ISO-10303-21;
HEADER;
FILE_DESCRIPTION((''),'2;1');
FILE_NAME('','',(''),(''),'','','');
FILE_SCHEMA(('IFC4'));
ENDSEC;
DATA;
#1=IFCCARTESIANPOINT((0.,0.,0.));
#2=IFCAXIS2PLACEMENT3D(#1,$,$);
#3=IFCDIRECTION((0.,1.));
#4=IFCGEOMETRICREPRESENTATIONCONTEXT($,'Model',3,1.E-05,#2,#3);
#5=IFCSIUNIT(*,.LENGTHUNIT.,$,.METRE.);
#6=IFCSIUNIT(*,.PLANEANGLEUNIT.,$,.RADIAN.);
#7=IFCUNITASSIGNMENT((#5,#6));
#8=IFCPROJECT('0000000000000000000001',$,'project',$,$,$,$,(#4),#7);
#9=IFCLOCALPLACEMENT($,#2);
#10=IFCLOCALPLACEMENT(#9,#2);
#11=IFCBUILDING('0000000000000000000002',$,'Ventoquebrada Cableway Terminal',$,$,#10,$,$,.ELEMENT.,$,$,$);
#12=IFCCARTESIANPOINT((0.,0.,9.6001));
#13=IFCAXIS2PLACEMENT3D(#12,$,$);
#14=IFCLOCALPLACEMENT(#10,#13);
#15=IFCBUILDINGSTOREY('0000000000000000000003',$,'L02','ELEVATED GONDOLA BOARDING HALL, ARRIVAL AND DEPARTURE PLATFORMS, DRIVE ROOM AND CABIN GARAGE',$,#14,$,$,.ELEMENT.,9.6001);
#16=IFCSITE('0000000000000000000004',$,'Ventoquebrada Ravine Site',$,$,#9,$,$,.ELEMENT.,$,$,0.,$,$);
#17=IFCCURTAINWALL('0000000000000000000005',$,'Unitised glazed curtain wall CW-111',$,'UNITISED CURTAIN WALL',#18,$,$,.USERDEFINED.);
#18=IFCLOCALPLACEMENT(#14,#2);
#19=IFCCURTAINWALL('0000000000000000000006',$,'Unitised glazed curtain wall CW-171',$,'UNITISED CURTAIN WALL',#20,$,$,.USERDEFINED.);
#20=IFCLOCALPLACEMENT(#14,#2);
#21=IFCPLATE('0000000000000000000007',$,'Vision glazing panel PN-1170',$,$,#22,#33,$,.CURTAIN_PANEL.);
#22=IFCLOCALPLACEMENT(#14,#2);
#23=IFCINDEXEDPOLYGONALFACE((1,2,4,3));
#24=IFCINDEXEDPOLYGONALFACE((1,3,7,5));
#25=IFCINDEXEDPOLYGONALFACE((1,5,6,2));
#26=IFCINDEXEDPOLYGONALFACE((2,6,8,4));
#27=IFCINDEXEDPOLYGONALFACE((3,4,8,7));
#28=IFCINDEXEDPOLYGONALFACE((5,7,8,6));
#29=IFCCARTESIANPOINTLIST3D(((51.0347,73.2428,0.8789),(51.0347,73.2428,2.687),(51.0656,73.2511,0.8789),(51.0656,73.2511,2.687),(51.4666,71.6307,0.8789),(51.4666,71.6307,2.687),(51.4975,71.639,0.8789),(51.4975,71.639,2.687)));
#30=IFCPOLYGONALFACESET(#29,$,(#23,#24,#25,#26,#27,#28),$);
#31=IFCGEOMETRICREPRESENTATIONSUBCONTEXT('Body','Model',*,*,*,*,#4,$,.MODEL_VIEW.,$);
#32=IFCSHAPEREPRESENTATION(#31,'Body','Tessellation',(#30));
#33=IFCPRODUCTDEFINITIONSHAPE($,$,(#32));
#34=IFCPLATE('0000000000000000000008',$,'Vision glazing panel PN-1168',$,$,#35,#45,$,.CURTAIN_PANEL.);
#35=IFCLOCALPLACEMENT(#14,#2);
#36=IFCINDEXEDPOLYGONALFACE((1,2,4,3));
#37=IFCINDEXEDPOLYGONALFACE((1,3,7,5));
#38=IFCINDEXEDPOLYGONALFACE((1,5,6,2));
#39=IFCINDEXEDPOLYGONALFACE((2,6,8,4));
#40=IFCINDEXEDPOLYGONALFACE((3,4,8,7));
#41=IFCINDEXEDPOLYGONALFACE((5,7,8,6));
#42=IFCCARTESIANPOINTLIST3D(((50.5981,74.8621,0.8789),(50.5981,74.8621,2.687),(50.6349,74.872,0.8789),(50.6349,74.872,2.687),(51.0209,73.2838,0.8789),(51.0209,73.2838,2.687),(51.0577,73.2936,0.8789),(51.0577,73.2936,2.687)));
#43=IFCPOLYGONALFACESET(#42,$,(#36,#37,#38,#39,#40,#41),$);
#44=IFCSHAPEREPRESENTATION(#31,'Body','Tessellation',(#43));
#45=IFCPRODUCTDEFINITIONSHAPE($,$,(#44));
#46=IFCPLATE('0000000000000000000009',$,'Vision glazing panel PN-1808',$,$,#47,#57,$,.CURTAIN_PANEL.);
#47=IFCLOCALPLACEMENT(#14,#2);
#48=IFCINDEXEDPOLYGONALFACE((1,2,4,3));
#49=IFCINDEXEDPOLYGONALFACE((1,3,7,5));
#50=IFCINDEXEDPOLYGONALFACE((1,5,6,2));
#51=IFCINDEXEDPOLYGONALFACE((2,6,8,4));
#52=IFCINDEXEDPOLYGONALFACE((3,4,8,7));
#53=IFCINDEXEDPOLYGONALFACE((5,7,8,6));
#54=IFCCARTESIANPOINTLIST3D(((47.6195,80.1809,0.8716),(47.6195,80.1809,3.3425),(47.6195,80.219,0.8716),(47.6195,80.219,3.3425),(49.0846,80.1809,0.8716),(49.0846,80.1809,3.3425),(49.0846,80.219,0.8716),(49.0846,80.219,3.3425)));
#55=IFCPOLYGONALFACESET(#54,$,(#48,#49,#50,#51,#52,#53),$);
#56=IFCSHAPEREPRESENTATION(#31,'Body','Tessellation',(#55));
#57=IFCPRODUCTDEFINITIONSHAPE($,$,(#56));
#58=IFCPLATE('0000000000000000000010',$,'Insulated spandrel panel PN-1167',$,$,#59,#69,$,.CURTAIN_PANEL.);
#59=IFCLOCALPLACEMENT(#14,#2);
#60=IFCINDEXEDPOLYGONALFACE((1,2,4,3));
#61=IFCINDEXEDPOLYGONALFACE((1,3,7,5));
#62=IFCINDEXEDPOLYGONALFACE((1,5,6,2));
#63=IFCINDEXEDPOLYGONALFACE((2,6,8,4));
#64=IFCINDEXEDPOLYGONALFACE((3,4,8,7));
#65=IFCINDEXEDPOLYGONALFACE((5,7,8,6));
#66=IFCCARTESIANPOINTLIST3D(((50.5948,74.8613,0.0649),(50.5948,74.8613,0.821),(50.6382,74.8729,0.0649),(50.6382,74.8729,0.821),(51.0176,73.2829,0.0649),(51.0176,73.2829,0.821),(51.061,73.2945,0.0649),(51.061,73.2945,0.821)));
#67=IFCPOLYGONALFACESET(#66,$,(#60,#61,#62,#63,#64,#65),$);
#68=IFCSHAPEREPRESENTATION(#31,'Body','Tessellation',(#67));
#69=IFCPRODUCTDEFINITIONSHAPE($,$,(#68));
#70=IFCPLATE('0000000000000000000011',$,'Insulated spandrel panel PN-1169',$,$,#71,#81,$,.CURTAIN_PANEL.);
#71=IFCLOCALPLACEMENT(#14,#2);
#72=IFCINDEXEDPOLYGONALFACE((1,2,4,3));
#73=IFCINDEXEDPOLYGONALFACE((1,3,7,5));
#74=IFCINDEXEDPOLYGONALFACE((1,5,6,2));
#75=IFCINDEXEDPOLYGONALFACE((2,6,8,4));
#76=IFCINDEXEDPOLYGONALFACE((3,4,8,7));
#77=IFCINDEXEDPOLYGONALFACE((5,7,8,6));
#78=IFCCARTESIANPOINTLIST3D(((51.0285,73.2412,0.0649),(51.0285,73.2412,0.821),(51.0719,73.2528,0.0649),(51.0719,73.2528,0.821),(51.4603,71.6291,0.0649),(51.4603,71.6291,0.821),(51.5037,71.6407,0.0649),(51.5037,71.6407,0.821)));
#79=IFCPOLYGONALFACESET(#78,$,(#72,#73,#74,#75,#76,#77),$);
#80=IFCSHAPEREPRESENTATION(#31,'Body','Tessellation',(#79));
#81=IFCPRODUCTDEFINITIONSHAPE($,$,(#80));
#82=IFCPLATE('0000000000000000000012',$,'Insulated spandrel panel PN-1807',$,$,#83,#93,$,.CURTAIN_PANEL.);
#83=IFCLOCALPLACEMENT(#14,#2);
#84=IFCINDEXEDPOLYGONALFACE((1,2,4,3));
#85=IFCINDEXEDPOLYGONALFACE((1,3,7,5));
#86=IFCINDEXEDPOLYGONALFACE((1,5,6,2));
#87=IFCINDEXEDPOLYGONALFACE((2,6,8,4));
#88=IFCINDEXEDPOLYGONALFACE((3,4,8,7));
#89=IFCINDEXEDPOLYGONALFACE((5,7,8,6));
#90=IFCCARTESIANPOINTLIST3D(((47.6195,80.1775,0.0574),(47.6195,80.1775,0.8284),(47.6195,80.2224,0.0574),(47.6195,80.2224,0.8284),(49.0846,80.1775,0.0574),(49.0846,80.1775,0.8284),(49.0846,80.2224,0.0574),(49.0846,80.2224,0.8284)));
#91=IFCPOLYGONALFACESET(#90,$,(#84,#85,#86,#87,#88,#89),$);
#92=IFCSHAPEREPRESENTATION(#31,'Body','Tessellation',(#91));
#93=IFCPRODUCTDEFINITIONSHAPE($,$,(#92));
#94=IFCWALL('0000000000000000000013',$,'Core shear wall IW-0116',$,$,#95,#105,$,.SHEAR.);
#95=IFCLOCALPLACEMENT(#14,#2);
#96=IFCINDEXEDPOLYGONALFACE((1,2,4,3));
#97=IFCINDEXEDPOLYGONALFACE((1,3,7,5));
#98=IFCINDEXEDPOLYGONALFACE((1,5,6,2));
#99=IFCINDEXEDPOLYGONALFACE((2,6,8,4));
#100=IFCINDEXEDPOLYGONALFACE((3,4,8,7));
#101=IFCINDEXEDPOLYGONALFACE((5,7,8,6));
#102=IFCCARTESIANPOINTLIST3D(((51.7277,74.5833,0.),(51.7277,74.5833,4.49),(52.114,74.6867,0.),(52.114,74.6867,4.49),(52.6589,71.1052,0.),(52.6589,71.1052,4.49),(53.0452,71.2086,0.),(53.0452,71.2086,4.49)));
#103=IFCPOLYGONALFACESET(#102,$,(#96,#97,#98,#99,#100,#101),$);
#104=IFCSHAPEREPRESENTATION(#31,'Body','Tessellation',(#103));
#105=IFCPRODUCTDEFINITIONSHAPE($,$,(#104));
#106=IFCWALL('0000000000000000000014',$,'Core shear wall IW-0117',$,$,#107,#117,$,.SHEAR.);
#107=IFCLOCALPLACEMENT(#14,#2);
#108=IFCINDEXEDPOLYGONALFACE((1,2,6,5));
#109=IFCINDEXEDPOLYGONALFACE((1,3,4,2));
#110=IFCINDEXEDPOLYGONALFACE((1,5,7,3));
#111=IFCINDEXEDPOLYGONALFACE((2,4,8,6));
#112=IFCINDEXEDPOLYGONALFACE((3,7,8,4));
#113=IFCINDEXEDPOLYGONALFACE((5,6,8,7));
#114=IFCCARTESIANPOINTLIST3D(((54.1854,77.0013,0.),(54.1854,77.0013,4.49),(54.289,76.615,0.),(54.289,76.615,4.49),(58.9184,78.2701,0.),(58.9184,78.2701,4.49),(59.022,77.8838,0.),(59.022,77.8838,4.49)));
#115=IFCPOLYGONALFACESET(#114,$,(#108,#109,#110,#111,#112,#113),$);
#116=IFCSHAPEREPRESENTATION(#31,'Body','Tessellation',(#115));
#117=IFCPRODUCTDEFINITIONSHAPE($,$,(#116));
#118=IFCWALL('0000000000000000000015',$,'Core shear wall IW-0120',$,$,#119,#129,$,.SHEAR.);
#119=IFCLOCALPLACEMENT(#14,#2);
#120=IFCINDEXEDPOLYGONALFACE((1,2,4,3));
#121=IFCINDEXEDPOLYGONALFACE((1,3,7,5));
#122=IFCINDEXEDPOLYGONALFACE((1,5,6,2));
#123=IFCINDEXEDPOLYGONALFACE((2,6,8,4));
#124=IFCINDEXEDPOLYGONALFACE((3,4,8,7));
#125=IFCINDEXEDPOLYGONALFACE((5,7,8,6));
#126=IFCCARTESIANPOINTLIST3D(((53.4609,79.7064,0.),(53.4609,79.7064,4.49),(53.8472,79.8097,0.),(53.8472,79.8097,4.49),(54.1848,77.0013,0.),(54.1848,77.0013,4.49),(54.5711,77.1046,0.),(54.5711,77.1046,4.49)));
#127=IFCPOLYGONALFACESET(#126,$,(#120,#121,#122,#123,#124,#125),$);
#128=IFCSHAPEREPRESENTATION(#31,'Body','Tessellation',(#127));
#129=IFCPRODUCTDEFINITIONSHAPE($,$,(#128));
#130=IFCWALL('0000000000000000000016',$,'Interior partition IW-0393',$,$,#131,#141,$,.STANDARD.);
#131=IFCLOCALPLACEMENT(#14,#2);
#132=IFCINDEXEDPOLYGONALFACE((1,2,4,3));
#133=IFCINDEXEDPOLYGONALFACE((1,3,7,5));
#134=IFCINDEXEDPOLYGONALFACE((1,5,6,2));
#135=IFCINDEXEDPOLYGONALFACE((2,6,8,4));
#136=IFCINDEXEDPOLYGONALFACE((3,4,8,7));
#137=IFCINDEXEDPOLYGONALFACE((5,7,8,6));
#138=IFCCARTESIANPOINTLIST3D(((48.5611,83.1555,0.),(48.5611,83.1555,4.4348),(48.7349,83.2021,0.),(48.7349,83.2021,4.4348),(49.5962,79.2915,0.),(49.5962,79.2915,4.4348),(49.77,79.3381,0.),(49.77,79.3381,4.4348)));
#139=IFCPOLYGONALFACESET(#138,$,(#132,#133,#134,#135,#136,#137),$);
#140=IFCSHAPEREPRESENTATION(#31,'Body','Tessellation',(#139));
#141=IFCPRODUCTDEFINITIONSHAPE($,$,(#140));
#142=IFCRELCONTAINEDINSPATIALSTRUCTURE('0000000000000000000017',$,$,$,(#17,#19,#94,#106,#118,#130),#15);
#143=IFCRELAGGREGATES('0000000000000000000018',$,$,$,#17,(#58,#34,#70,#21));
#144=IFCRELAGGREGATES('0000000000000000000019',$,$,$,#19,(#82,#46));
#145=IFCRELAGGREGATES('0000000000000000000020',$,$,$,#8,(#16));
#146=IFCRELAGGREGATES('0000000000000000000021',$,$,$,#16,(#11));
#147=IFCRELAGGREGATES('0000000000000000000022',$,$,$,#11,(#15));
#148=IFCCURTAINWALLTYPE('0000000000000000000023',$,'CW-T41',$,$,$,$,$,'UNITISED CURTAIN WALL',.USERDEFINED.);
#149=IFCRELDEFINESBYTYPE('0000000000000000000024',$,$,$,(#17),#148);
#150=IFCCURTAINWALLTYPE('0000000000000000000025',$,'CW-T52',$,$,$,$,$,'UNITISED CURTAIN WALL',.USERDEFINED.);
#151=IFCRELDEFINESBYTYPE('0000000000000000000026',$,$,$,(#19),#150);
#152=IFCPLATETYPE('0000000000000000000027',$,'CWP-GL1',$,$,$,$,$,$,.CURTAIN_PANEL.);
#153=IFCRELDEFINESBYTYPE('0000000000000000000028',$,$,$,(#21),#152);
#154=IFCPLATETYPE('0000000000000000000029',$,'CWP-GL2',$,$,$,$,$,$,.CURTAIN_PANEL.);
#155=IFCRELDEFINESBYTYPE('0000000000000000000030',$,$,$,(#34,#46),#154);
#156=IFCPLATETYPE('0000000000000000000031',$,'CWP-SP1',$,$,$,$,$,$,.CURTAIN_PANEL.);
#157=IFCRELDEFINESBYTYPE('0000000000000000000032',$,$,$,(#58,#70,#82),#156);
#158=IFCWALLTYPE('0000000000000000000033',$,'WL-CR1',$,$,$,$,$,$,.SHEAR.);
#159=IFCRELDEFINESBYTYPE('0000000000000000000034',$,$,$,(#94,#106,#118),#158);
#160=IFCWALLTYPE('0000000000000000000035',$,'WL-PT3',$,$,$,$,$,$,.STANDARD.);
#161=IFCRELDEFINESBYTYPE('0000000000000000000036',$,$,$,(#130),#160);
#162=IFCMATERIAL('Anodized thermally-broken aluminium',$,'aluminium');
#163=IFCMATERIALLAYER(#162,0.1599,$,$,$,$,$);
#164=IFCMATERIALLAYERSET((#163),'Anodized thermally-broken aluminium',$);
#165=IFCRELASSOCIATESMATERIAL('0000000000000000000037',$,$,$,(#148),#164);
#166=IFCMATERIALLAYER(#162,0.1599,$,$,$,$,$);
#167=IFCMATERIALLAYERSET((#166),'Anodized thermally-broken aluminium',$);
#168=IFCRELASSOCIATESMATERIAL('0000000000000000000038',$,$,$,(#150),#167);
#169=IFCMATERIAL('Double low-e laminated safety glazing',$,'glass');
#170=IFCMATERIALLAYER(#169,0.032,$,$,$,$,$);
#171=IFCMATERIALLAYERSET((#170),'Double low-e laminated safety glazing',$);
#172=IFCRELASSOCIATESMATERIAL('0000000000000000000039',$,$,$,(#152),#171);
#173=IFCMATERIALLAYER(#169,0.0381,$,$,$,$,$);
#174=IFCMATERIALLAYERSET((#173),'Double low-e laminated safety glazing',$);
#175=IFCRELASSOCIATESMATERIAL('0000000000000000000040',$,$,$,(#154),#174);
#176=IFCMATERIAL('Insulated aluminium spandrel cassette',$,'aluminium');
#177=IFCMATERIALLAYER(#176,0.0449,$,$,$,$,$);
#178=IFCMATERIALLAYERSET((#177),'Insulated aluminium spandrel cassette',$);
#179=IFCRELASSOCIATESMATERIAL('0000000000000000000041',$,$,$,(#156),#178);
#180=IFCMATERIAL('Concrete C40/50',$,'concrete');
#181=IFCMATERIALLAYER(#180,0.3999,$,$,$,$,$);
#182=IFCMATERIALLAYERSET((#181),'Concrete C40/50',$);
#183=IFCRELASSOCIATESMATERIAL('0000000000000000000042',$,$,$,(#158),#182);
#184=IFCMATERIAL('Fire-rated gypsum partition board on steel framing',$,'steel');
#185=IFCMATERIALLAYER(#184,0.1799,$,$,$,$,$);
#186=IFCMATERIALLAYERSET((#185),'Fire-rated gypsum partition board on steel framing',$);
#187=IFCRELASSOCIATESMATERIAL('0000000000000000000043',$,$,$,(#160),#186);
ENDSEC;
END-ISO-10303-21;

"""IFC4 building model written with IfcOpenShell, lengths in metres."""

from ifc_helpers import new_model, si_unit, direction, frame, frame_2d, origin, origin_2d, place, context, subcontext, project, spatial, rectangle, extrude, material, layer, layer_set, type_object, element, aggregate, save


model = new_model("IFC4")

# Units and contexts
model_context = context("Model", 3, precision=1e-05, world=origin(), true_north=direction((0.0, 1.0)))
body_context = subcontext(model_context, "Body", "Model", "MODEL_VIEW")
ifc_project = project(units=[si_unit("LENGTHUNIT", "METRE"), si_unit("PLANEANGLEUNIT", "RADIAN")], contexts=[model_context])

# Site, building, storey
site_placement = place(None, origin())
site = spatial("IfcSite", under=ifc_project, at=site_placement, Name="Ventoquebrada Ravine Site", CompositionType="ELEMENT", RefElevation=0.0)
building_placement = place(site_placement, origin())
building = spatial("IfcBuilding", under=site, at=building_placement, Name="Ventoquebrada Cableway Terminal", CompositionType="ELEMENT")
storey_placement = place(building_placement, frame((0.0, 0.0, 9.6001)))
storey = spatial("IfcBuildingStorey", under=building, at=storey_placement, Name="L02", Description="ELEVATED GONDOLA BOARDING HALL, ARRIVAL AND DEPARTURE PLATFORMS, DRIVE ROOM AND CABIN GARAGE", CompositionType="ELEMENT", Elevation=9.6001)

# Curtain walls
ifc_material_1 = material(Name="Anodized thermally-broken aluminium", Category="aluminium")
ifc_layer_1 = layer(ifc_material_1, 0.1599)
ifc_layer_set_1 = layer_set([ifc_layer_1], Name="Anodized thermally-broken aluminium")
curtain_wall_type_1 = type_object("IfcCurtainWallType", Name="CW-T41", ElementType="UNITISED CURTAIN WALL", PredefinedType="USERDEFINED", material=ifc_layer_set_1)
curtain_wall_1_placement = place(storey_placement, origin())
curtain_wall_1 = element("IfcCurtainWall", 1, at=curtain_wall_1_placement, inside=storey, type_object=curtain_wall_type_1, Name="Unitised glazed curtain wall CW-111", ObjectType="UNITISED CURTAIN WALL", PredefinedType="USERDEFINED")
ifc_layer_2 = layer(ifc_material_1, 0.1599)
ifc_layer_set_2 = layer_set([ifc_layer_2], Name="Anodized thermally-broken aluminium")
curtain_wall_type_2 = type_object("IfcCurtainWallType", Name="CW-T52", ElementType="UNITISED CURTAIN WALL", PredefinedType="USERDEFINED", material=ifc_layer_set_2)
curtain_wall_2_placement = place(storey_placement, origin())
curtain_wall_2 = element("IfcCurtainWall", 2, at=curtain_wall_2_placement, inside=storey, type_object=curtain_wall_type_2, Name="Unitised glazed curtain wall CW-171", ObjectType="UNITISED CURTAIN WALL", PredefinedType="USERDEFINED")

# Plates
ifc_material_2 = material(Name="Double low-e laminated safety glazing", Category="glass")
ifc_layer_3 = layer(ifc_material_2, 0.032)
ifc_layer_set_3 = layer_set([ifc_layer_3], Name="Double low-e laminated safety glazing")
plate_type_1 = type_object("IfcPlateType", Name="CWP-GL1", PredefinedType="CURTAIN_PANEL", material=ifc_layer_set_3)
plate_1_placement = place(storey_placement, frame((51.2661, 72.4409, 0.8789), z_axis=(0.0, 0.0, 1.0), x_axis=(0.258752, -0.965944, 0.0)))
plate_1 = element("IfcPlate", 3, at=plate_1_placement, type_object=plate_type_1, Name="Vision glazing panel PN-1170", PredefinedType="CURTAIN_PANEL", context=body_context, shape_type="SweptSolid", body=[
    extrude(rectangle(XDim=1.6689, YDim=0.032, at=origin_2d()), origin(), (0.0, 0.0, 1.0), 1.8081),
])
ifc_layer_4 = layer(ifc_material_2, 0.0381)
ifc_layer_set_4 = layer_set([ifc_layer_4], Name="Double low-e laminated safety glazing")
plate_type_2 = type_object("IfcPlateType", Name="CWP-GL2", PredefinedType="CURTAIN_PANEL", material=ifc_layer_set_4)
plate_2_placement = place(storey_placement, frame((50.8279, 74.0779, 0.8789), z_axis=(0.0, 0.0, 1.0), x_axis=(0.258752, -0.965944, 0.0)))
plate_2 = element("IfcPlate", 4, at=plate_2_placement, type_object=plate_type_2, Name="Vision glazing panel PN-1168", PredefinedType="CURTAIN_PANEL", context=body_context, shape_type="SweptSolid", body=[
    extrude(rectangle(XDim=1.634, YDim=0.0381, at=origin_2d()), origin(), (0.0, 0.0, 1.0), 1.8081),
])
plate_3_placement = place(storey_placement, frame((48.3521, 80.2, 0.8716), z_axis=(0.0, 0.0, 1.0), x_axis=(1.0, 0.0, 0.0)))
plate_3 = element("IfcPlate", 5, at=plate_3_placement, type_object=plate_type_2, Name="Vision glazing panel PN-1808", PredefinedType="CURTAIN_PANEL", context=body_context, shape_type="SweptSolid", body=[
    extrude(rectangle(XDim=1.4651, YDim=0.0381, at=origin_2d()), origin(), (0.0, 0.0, 1.0), 2.4709),
])
ifc_material_3 = material(Name="Insulated aluminium spandrel cassette", Category="aluminium")
ifc_layer_5 = layer(ifc_material_3, 0.0449)
ifc_layer_set_5 = layer_set([ifc_layer_5], Name="Insulated aluminium spandrel cassette")
plate_type_3 = type_object("IfcPlateType", Name="CWP-SP1", PredefinedType="CURTAIN_PANEL", material=ifc_layer_set_5)
plate_4_placement = place(storey_placement, frame((50.8279, 74.0779, 0.0649), z_axis=(0.0, 0.0, 1.0), x_axis=(0.258752, -0.965944, 0.0)))
plate_4 = element("IfcPlate", 6, at=plate_4_placement, type_object=plate_type_3, Name="Insulated spandrel panel PN-1167", PredefinedType="CURTAIN_PANEL", context=body_context, shape_type="SweptSolid", body=[
    extrude(rectangle(XDim=1.634, YDim=0.0449, at=origin_2d()), origin(), (0.0, 0.0, 1.0), 0.7561),
])
plate_5_placement = place(storey_placement, frame((51.2661, 72.4409, 0.0649), z_axis=(0.0, 0.0, 1.0), x_axis=(0.258752, -0.965944, 0.0)))
plate_5 = element("IfcPlate", 7, at=plate_5_placement, type_object=plate_type_3, Name="Insulated spandrel panel PN-1169", PredefinedType="CURTAIN_PANEL", context=body_context, shape_type="SweptSolid", body=[
    extrude(rectangle(XDim=1.6689, YDim=0.0449, at=origin_2d()), origin(), (0.0, 0.0, 1.0), 0.7561),
])
aggregate(curtain_wall_1, [plate_4, plate_2, plate_5, plate_1])
plate_6_placement = place(storey_placement, frame((48.3521, 80.2, 0.0574), z_axis=(0.0, 0.0, 1.0), x_axis=(1.0, 0.0, 0.0)))
plate_6 = element("IfcPlate", 8, at=plate_6_placement, type_object=plate_type_3, Name="Insulated spandrel panel PN-1807", PredefinedType="CURTAIN_PANEL", context=body_context, shape_type="SweptSolid", body=[
    extrude(rectangle(XDim=1.4651, YDim=0.0449, at=origin_2d()), origin(), (0.0, 0.0, 1.0), 0.771),
])
aggregate(curtain_wall_2, [plate_6, plate_3])

# Walls
ifc_material_4 = material(Name="Concrete C40/50", Category="concrete")
ifc_layer_6 = layer(ifc_material_4, 0.3999)
ifc_layer_set_6 = layer_set([ifc_layer_6], Name="Concrete C40/50")
wall_type_1 = type_object("IfcWallType", Name="WL-CR1", PredefinedType="SHEAR", material=ifc_layer_set_6)
wall_1_placement = place(storey_placement, frame((51.9209, 74.635, 0.0), z_axis=(0.0, 0.0, 1.0), x_axis=(0.258616, -0.96598, 0.0)))
element("IfcWall", 9, at=wall_1_placement, inside=storey, type_object=wall_type_1, Name="Core shear wall IW-0116", PredefinedType="SHEAR", context=body_context, shape_type="SweptSolid", body=[
    extrude(rectangle(XDim=3.6006, YDim=0.3999, at=frame_2d((1.8003, 0.0))), origin(), (0.0, 0.0, 1.0), 4.49),
])
wall_2_placement = place(storey_placement, frame((54.2371, 76.8081, 0.0), z_axis=(0.0, 0.0, 1.0), x_axis=(0.965894, 0.258937, 0.0)))
element("IfcWall", 10, at=wall_2_placement, inside=storey, type_object=wall_type_1, Name="Core shear wall IW-0117", PredefinedType="SHEAR", context=body_context, shape_type="SweptSolid", body=[
    extrude(rectangle(XDim=4.9001, YDim=0.3999, at=frame_2d((2.4502, 0.0))), origin(), (0.0, 0.0, 1.0), 4.49),
])
wall_3_placement = place(storey_placement, frame((53.6541, 79.7581, 0.0), z_axis=(0.0, 0.0, 1.0), x_axis=(0.258504, -0.96601, 0.0)))
element("IfcWall", 11, at=wall_3_placement, inside=storey, type_object=wall_type_1, Name="Core shear wall IW-0120", PredefinedType="SHEAR", context=body_context, shape_type="SweptSolid", body=[
    extrude(rectangle(XDim=2.8003, YDim=0.3999, at=frame_2d((1.4001, 0.0))), origin(), (0.0, 0.0, 1.0), 4.49),
])
ifc_material_5 = material(Name="Fire-rated gypsum partition board on steel framing", Category="steel")
ifc_layer_7 = layer(ifc_material_5, 0.1799)
ifc_layer_set_7 = layer_set([ifc_layer_7], Name="Fire-rated gypsum partition board on steel framing")
wall_type_2 = type_object("IfcWallType", Name="WL-PT3", PredefinedType="STANDARD", material=ifc_layer_set_7)
wall_4_placement = place(storey_placement, frame((49.6831, 79.3149, 0.0), z_axis=(0.0, 0.0, 1.0), x_axis=(-0.258772, 0.965939, 0.0)))
element("IfcWall", 12, at=wall_4_placement, inside=storey, type_object=wall_type_2, Name="Interior partition IW-0393", PredefinedType="STANDARD", context=body_context, shape_type="SweptSolid", body=[
    extrude(rectangle(XDim=4.0002, YDim=0.1799, at=frame_2d((2.0, 0.0))), origin(), (0.0, 0.0, 1.0), 4.4348),
])

save(model, "model.ifc")
